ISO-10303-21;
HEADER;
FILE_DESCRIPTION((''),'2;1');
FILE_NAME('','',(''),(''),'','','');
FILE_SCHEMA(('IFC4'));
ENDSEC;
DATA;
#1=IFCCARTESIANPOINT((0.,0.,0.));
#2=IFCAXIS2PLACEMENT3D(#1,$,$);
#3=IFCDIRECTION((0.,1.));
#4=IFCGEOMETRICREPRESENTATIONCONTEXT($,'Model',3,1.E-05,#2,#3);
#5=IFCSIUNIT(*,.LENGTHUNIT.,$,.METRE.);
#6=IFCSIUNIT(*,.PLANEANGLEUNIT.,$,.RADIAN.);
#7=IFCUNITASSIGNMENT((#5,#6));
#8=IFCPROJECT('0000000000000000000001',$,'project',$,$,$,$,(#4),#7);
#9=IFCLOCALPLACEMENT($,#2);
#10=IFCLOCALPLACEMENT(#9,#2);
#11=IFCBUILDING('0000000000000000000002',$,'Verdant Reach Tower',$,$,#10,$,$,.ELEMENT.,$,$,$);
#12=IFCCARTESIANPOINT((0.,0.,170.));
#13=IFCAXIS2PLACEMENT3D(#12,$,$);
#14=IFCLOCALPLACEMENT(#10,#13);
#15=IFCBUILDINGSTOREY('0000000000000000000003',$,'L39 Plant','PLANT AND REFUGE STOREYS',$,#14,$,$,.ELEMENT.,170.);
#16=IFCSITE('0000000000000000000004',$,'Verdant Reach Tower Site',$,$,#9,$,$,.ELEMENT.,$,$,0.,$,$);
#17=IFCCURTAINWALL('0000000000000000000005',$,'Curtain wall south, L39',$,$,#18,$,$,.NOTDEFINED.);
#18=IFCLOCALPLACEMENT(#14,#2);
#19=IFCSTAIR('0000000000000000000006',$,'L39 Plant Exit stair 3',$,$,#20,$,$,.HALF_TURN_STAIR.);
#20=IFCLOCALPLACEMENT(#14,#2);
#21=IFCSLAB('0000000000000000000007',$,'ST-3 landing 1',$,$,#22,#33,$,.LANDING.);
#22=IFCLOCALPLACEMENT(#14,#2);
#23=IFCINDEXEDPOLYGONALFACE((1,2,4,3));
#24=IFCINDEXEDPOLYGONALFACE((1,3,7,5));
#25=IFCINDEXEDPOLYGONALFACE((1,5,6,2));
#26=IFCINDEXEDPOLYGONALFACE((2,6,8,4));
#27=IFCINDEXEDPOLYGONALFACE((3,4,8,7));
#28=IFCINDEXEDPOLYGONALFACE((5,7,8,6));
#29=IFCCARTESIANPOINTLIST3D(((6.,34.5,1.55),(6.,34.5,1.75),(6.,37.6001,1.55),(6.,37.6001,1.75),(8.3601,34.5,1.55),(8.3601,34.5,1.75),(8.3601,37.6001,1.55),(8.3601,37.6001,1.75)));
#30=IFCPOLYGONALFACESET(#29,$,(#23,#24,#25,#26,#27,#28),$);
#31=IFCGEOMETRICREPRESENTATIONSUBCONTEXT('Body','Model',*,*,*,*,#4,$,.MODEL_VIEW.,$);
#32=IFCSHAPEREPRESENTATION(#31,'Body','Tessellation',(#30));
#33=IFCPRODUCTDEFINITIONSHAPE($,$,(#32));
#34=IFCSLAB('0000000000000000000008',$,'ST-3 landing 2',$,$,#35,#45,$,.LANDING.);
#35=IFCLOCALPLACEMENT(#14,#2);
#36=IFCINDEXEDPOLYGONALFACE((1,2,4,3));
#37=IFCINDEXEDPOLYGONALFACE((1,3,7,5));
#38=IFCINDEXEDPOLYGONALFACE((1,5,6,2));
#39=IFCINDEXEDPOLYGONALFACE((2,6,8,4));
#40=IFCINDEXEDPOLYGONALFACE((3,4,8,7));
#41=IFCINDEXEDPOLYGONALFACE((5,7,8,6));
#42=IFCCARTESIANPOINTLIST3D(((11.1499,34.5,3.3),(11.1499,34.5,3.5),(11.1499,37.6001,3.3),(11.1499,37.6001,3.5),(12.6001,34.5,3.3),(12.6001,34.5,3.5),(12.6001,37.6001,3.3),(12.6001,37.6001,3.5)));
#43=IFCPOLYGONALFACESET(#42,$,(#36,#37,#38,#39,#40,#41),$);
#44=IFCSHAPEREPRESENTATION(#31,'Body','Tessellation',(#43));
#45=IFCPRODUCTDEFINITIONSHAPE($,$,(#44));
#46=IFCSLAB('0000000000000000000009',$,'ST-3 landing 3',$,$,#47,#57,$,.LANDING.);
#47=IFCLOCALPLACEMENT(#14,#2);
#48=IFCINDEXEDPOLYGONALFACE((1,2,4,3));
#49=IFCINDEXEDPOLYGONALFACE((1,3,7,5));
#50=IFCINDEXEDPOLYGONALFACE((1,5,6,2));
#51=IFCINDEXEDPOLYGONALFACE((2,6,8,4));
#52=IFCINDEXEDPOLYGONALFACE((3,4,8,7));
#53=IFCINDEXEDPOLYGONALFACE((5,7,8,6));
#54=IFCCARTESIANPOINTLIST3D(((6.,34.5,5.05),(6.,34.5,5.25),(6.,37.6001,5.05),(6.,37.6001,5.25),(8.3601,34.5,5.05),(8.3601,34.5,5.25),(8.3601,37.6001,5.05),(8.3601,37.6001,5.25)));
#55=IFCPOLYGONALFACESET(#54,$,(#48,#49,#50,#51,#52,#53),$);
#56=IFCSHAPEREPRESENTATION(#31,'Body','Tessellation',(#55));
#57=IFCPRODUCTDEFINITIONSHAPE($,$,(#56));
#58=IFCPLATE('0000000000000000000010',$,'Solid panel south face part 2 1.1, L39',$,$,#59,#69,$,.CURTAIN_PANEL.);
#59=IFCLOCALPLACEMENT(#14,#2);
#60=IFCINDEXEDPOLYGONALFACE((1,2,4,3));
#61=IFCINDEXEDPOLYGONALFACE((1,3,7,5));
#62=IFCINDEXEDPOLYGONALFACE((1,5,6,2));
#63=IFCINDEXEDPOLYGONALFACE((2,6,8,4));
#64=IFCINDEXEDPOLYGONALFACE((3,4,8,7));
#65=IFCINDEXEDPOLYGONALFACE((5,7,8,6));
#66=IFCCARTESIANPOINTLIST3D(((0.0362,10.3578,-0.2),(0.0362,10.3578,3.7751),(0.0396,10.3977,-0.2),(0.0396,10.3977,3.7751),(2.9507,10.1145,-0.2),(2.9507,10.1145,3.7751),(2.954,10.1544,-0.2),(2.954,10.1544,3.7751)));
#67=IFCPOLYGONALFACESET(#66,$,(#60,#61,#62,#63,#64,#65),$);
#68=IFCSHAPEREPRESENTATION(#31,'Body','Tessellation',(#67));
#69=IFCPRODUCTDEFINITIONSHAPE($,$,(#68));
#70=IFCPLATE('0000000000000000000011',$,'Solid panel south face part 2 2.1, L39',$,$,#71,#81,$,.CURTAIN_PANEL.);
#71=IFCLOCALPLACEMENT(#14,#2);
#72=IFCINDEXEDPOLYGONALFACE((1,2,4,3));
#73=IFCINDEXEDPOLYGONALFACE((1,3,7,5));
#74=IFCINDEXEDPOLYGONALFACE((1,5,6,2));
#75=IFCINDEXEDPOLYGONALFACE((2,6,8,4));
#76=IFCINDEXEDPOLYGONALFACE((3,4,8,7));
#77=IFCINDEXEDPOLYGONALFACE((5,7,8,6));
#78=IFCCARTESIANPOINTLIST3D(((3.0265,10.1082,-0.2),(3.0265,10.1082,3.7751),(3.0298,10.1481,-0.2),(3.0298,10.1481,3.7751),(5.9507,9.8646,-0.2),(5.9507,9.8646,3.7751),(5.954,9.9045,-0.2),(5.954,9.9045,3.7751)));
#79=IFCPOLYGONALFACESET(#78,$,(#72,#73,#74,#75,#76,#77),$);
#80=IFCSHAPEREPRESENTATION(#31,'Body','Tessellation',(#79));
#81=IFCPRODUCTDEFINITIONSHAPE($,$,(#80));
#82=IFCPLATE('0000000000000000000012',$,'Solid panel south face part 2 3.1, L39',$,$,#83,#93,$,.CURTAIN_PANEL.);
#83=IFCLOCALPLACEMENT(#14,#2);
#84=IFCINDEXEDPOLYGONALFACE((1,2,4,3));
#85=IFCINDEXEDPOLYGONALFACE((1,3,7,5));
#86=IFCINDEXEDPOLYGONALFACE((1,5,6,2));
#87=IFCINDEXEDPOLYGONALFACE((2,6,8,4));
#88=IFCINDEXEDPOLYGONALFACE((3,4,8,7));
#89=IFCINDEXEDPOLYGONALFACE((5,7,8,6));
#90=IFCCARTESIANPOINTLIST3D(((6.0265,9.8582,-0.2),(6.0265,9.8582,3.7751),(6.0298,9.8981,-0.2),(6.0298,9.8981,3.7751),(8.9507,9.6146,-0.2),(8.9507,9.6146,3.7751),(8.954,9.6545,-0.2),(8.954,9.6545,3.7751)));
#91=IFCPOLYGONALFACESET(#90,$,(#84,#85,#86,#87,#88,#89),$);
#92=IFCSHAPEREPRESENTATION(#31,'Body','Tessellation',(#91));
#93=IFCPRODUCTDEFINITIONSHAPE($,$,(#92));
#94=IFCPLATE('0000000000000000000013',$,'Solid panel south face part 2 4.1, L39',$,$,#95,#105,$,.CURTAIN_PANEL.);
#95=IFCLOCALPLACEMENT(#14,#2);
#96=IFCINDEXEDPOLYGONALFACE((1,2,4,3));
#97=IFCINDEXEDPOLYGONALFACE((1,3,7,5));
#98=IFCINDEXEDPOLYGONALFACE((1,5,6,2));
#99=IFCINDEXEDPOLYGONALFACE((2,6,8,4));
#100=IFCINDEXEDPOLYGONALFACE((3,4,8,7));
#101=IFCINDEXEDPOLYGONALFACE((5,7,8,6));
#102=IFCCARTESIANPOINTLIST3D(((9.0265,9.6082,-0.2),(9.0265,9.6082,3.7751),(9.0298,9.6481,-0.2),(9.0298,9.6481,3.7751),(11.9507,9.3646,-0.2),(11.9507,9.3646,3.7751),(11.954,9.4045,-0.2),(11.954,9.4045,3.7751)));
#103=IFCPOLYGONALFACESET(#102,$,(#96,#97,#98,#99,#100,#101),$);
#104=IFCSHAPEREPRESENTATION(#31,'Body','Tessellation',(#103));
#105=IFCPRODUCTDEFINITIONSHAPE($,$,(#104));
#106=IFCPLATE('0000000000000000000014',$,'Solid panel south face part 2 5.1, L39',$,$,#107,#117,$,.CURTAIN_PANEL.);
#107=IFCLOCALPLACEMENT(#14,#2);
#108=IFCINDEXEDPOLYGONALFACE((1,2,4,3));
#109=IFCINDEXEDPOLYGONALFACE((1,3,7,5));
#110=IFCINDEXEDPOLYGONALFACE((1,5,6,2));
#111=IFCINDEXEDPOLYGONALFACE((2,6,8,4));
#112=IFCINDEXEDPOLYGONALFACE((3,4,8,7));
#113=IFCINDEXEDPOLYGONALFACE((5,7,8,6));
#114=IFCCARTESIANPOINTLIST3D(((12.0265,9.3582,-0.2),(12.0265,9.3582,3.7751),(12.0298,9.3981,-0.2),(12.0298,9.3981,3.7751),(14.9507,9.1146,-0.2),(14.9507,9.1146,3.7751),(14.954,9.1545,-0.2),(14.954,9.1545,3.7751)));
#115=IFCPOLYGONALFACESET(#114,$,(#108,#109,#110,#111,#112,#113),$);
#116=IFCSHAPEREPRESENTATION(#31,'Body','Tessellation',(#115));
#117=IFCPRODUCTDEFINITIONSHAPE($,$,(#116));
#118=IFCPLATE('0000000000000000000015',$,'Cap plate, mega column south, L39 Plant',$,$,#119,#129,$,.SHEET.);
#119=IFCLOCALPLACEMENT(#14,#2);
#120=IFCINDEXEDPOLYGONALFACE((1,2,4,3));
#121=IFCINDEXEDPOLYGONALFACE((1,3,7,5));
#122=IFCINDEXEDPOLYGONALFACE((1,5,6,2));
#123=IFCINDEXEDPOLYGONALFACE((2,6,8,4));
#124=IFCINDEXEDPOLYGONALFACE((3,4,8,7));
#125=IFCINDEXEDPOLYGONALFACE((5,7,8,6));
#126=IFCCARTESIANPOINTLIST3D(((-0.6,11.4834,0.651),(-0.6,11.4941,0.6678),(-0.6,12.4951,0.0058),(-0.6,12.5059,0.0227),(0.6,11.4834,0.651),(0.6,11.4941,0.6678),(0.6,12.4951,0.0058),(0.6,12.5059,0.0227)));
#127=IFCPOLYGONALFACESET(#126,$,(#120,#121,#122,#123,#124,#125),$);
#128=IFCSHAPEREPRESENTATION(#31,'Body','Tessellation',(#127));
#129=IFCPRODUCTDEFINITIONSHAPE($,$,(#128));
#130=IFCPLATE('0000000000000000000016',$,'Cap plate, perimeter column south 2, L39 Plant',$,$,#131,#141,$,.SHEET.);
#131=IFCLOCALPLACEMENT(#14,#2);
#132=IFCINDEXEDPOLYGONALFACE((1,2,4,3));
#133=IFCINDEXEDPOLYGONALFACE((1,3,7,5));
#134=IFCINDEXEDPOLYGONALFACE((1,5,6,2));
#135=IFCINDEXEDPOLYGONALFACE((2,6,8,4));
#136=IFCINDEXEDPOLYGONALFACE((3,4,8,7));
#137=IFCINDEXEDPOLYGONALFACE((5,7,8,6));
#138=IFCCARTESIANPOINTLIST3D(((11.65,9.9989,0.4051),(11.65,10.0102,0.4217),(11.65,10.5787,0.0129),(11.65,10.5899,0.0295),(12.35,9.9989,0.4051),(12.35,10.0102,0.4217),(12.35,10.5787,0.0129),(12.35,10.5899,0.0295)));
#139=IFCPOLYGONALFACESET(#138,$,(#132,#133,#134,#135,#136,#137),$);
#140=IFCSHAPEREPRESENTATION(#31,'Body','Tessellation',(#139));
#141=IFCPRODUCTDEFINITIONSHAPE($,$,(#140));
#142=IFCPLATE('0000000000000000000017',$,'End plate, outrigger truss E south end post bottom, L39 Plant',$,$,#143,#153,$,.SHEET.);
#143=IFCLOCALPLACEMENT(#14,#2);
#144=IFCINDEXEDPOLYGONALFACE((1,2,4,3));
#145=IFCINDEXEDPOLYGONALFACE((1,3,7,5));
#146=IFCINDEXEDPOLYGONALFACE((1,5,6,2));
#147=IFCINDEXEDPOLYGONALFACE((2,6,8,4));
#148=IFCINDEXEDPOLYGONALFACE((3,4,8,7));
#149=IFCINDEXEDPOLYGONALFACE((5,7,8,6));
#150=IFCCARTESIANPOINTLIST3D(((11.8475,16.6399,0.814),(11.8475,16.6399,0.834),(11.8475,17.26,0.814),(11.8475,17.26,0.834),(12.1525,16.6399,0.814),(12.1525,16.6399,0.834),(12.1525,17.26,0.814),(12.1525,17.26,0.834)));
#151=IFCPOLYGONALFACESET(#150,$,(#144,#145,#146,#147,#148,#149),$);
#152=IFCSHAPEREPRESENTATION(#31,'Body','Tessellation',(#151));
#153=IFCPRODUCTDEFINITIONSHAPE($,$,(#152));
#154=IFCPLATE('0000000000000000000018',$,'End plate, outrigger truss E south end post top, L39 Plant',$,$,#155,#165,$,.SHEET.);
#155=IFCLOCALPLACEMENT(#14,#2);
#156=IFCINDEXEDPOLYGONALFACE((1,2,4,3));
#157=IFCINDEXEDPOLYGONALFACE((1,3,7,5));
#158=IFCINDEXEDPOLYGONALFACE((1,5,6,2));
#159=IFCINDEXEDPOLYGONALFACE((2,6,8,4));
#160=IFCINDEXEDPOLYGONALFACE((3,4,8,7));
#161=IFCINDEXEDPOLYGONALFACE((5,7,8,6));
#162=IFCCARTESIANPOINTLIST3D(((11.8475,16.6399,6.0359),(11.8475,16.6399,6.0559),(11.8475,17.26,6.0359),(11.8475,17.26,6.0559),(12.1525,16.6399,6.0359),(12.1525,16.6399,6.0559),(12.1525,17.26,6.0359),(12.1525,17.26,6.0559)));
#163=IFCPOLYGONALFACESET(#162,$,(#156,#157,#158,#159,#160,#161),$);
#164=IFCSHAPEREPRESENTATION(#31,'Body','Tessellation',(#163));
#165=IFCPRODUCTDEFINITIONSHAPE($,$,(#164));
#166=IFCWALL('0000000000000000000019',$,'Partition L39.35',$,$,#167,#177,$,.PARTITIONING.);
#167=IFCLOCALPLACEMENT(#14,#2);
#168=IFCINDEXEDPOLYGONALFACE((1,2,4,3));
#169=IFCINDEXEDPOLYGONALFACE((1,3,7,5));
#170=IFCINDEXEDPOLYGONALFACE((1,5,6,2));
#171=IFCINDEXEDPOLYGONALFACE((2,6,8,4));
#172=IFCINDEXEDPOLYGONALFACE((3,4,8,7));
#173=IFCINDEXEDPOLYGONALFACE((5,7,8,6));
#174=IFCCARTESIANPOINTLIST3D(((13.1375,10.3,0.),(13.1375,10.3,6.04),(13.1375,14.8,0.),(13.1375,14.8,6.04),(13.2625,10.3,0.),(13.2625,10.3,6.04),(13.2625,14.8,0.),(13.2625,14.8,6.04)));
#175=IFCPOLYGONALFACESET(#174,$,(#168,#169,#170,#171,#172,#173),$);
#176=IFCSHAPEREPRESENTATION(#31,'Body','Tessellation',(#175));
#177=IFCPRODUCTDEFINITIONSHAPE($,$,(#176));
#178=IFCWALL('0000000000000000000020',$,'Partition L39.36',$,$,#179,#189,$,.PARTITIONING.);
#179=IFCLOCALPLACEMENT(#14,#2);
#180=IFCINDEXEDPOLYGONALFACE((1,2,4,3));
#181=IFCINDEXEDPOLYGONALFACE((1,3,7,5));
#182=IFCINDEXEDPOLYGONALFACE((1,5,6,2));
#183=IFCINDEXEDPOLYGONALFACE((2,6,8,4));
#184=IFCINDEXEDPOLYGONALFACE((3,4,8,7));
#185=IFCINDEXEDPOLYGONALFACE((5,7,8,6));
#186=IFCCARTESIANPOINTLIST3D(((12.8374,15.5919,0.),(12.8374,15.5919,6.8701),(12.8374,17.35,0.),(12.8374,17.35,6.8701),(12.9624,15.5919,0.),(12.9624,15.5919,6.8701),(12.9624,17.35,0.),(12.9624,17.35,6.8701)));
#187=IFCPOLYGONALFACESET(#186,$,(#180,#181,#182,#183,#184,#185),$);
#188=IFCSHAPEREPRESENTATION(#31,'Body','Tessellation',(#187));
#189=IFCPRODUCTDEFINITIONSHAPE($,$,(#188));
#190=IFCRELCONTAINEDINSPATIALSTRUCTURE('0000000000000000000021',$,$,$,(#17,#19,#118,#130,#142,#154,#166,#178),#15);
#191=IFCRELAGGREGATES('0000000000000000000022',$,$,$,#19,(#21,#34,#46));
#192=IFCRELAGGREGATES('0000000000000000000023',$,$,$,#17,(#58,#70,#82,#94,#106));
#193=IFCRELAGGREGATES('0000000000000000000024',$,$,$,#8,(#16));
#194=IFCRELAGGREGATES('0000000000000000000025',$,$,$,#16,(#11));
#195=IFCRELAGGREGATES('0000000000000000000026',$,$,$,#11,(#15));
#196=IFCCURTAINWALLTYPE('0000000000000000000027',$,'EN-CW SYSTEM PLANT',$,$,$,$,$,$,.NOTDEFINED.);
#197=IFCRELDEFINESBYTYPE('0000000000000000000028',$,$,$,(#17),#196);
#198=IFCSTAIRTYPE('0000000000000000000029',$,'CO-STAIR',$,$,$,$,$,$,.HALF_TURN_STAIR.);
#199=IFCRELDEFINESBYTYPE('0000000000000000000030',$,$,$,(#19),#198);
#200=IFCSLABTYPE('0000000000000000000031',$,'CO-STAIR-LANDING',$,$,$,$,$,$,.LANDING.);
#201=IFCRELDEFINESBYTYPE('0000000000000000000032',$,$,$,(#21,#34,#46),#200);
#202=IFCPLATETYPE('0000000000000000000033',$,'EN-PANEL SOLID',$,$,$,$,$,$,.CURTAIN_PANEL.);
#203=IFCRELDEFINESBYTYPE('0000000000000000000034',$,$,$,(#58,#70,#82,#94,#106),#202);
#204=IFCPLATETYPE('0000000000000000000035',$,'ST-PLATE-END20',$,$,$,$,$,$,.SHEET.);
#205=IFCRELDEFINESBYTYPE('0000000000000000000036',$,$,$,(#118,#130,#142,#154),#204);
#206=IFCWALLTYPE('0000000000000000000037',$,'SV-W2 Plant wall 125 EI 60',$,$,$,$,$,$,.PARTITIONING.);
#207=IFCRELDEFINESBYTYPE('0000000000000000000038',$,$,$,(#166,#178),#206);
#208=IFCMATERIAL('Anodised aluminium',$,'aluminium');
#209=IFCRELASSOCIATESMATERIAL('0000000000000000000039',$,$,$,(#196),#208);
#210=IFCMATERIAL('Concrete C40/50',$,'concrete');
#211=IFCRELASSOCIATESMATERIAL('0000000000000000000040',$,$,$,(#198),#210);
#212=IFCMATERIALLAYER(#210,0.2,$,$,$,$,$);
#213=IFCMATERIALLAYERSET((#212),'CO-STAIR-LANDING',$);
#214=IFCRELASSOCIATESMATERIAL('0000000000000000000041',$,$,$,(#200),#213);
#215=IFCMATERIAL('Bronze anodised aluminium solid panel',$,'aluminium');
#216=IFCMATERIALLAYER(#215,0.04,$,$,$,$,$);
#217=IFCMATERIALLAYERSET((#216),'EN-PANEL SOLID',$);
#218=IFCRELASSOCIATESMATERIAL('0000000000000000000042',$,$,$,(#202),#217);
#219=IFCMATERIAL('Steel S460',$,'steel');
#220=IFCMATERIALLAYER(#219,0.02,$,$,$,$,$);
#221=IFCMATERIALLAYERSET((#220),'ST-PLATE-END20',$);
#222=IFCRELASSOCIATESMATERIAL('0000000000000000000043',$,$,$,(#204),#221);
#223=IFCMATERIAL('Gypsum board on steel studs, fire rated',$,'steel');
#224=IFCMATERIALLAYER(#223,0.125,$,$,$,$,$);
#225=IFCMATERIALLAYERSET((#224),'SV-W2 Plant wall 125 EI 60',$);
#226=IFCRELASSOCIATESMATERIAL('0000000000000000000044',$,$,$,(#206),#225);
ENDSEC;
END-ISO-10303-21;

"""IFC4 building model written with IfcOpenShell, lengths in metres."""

from ifc_helpers import new_model, si_unit, direction, frame, frame_2d, origin, origin_2d, place, context, subcontext, project, spatial, polyline, rectangle, outline, extrude, material, layer, layer_set, type_object, element, aggregate, save


model = new_model("IFC4")

# Units and contexts
model_context = context("Model", 3, precision=1e-05, world=origin(), true_north=direction((0.0, 1.0)))
body_context = subcontext(model_context, "Body", "Model", "MODEL_VIEW")
ifc_project = project(units=[si_unit("LENGTHUNIT", "METRE"), si_unit("PLANEANGLEUNIT", "RADIAN")], contexts=[model_context])

# Site, building, storey
site_placement = place(None, origin())
site = spatial("IfcSite", under=ifc_project, at=site_placement, Name="Verdant Reach Tower Site", CompositionType="ELEMENT", RefElevation=0.0)
building_placement = place(site_placement, origin())
building = spatial("IfcBuilding", under=site, at=building_placement, Name="Verdant Reach Tower", CompositionType="ELEMENT")
storey_placement = place(building_placement, frame((0.0, 0.0, 170.0)))
storey = spatial("IfcBuildingStorey", under=building, at=storey_placement, Name="L39 Plant", Description="PLANT AND REFUGE STOREYS", CompositionType="ELEMENT", Elevation=170.0)

# Shared definitions
ifc_material_1 = material(Name="Steel S460", Category="steel")

# Curtain wall
ifc_material_2 = material(Name="Anodised aluminium", Category="aluminium")
curtain_wall_type = type_object("IfcCurtainWallType", Name="EN-CW SYSTEM PLANT", PredefinedType="NOTDEFINED", material=ifc_material_2)
curtain_wall_placement = place(storey_placement, origin())
curtain_wall = element("IfcCurtainWall", 1, at=curtain_wall_placement, inside=storey, type_object=curtain_wall_type, Name="Curtain wall south, L39", PredefinedType="NOTDEFINED")

# Stair, slabs
ifc_material_3 = material(Name="Concrete C40/50", Category="concrete")
stair_type = type_object("IfcStairType", Name="CO-STAIR", PredefinedType="HALF_TURN_STAIR", material=ifc_material_3)
ifc_layer_1 = layer(ifc_material_3, 0.2)
ifc_layer_set_1 = layer_set([ifc_layer_1], Name="CO-STAIR-LANDING")
slab_type = type_object("IfcSlabType", Name="CO-STAIR-LANDING", PredefinedType="LANDING", material=ifc_layer_set_1)
stair_1_placement = place(storey_placement, origin())
stair_1 = element("IfcStair", 2, at=stair_1_placement, inside=storey, type_object=stair_type, Name="L39 Plant Exit stair 3", PredefinedType="HALF_TURN_STAIR")
slab_1_placement = place(storey_placement, frame((0.0, 0.0, 1.55)))
slab_1 = element("IfcSlab", 3, at=slab_1_placement, type_object=slab_type, Name="ST-3 landing 1", PredefinedType="LANDING", context=body_context, shape_type="SweptSolid", body=[
    extrude(outline(polyline([(8.3601, 37.6001), (6.0, 37.6001), (6.0, 34.5), (8.3601, 34.5), (8.3601, 37.6001)])), origin(), (0.0, 0.0, 1.0), 0.2),
])
slab_2_placement = place(storey_placement, frame((0.0, 0.0, 3.3)))
slab_2 = element("IfcSlab", 4, at=slab_2_placement, type_object=slab_type, Name="ST-3 landing 2", PredefinedType="LANDING", context=body_context, shape_type="SweptSolid", body=[
    extrude(outline(polyline([(12.6001, 37.6001), (11.1499, 37.6001), (11.1499, 34.5), (12.6001, 34.5), (12.6001, 37.6001)])), origin(), (0.0, 0.0, 1.0), 0.2),
])
slab_3_placement = place(storey_placement, frame((0.0, 0.0, 5.05)))
slab_3 = element("IfcSlab", 5, at=slab_3_placement, type_object=slab_type, Name="ST-3 landing 3", PredefinedType="LANDING", context=body_context, shape_type="SweptSolid", body=[
    extrude(outline(polyline([(8.3601, 37.6001), (6.0, 37.6001), (6.0, 34.5), (8.3601, 34.5), (8.3601, 37.6001)])), origin(), (0.0, 0.0, 1.0), 0.2),
])
aggregate(stair_1, [slab_1, slab_2, slab_3])

# Plates
ifc_material_4 = material(Name="Bronze anodised aluminium solid panel", Category="aluminium")
ifc_layer_2 = layer(ifc_material_4, 0.04)
ifc_layer_set_2 = layer_set([ifc_layer_2], Name="EN-PANEL SOLID")
plate_type_1 = type_object("IfcPlateType", Name="EN-PANEL SOLID", PredefinedType="CURTAIN_PANEL", material=ifc_layer_set_2)
plate_1_placement = place(storey_placement, frame((1.4951, 10.2561, -0.2), z_axis=(0.0, 0.0, 1.0), x_axis=(0.996534, -0.083182, 0.0)))
plate_1 = element("IfcPlate", 6, at=plate_1_placement, type_object=plate_type_1, Name="Solid panel south face part 2 1.1, L39", PredefinedType="CURTAIN_PANEL", context=body_context, shape_type="SweptSolid", body=[
    extrude(rectangle(XDim=2.9246, YDim=0.04, at=origin_2d()), origin(), (0.0, 0.0, 1.0), 3.9751),
])
plate_2_placement = place(storey_placement, frame((4.4902, 10.0063, -0.2), z_axis=(0.0, 0.0, 1.0), x_axis=(0.996546, -0.083045, 0.0)))
plate_2 = element("IfcPlate", 7, at=plate_2_placement, type_object=plate_type_1, Name="Solid panel south face part 2 2.1, L39", PredefinedType="CURTAIN_PANEL", context=body_context, shape_type="SweptSolid", body=[
    extrude(rectangle(XDim=2.9343, YDim=0.04, at=origin_2d()), origin(), (0.0, 0.0, 1.0), 3.9751),
])
plate_3_placement = place(storey_placement, frame((7.4902, 9.7563, -0.2), z_axis=(0.0, 0.0, 1.0), x_axis=(0.996546, -0.083045, 0.0)))
plate_3 = element("IfcPlate", 8, at=plate_3_placement, type_object=plate_type_1, Name="Solid panel south face part 2 3.1, L39", PredefinedType="CURTAIN_PANEL", context=body_context, shape_type="SweptSolid", body=[
    extrude(rectangle(XDim=2.9343, YDim=0.04, at=origin_2d()), origin(), (0.0, 0.0, 1.0), 3.9751),
])
plate_4_placement = place(storey_placement, frame((10.4902, 9.5063, -0.2), z_axis=(0.0, 0.0, 1.0), x_axis=(0.996546, -0.083045, 0.0)))
plate_4 = element("IfcPlate", 9, at=plate_4_placement, type_object=plate_type_1, Name="Solid panel south face part 2 4.1, L39", PredefinedType="CURTAIN_PANEL", context=body_context, shape_type="SweptSolid", body=[
    extrude(rectangle(XDim=2.9343, YDim=0.04, at=origin_2d()), origin(), (0.0, 0.0, 1.0), 3.9751),
])
plate_5_placement = place(storey_placement, frame((13.4902, 9.2563, -0.2), z_axis=(0.0, 0.0, 1.0), x_axis=(0.996546, -0.083045, 0.0)))
plate_5 = element("IfcPlate", 10, at=plate_5_placement, type_object=plate_type_1, Name="Solid panel south face part 2 5.1, L39", PredefinedType="CURTAIN_PANEL", context=body_context, shape_type="SweptSolid", body=[
    extrude(rectangle(XDim=2.9343, YDim=0.04, at=origin_2d()), origin(), (0.0, 0.0, 1.0), 3.9751),
])

# Plates
ifc_layer_3 = layer(ifc_material_1, 0.02)
ifc_layer_set_3 = layer_set([ifc_layer_3], Name="ST-PLATE-END20")
plate_type_2 = type_object("IfcPlateType", Name="ST-PLATE-END20", PredefinedType="SHEET", material=ifc_layer_set_3)
plate_6_placement = place(storey_placement, frame((0.0, 11.9893, 0.3284), z_axis=(0.0, 0.537666, 0.843158), x_axis=(-1.0, 0.0, 0.0)))
element("IfcPlate", 11, at=plate_6_placement, inside=storey, type_object=plate_type_2, Name="Cap plate, mega column south, L39 Plant", PredefinedType="SHEET", context=body_context, shape_type="SweptSolid", body=[
    extrude(rectangle(XDim=1.2, YDim=1.2, at=origin_2d()), origin(), (0.0, 0.0, 1.0), 0.02),
])
plate_7_placement = place(storey_placement, frame((12.0, 10.2888, 0.209), z_axis=(0.0, 0.560309, 0.828283), x_axis=(-1.0, 0.0, 0.0)))
element("IfcPlate", 12, at=plate_7_placement, inside=storey, type_object=plate_type_2, Name="Cap plate, perimeter column south 2, L39 Plant", PredefinedType="SHEET", context=body_context, shape_type="SweptSolid", body=[
    extrude(rectangle(XDim=0.7, YDim=0.7, at=origin_2d()), origin(), (0.0, 0.0, 1.0), 0.02),
])
for number, where, z_axis, x_axis, name in (
    (13, (12.0, 16.95, 0.814), (0.0, 0.0, 1.0), (1.0, 0.0, 0.0), "End plate, outrigger truss E south end post bottom, L39 Plant"),
    (14, (12.0, 16.95, 6.0359), (0.0, 0.0, 1.0), (1.0, 0.0, 0.0), "End plate, outrigger truss E south end post top, L39 Plant"),
):
    element("IfcPlate", number, at=place(storey_placement, frame(where, z_axis=z_axis, x_axis=x_axis)), inside=storey, type_object=plate_type_2, Name=name, PredefinedType="SHEET", context=body_context, shape_type="SweptSolid", body=[
        extrude(rectangle(XDim=0.3049, YDim=0.6201, at=origin_2d()), origin(), (0.0, 0.0, 1.0), 0.02),
    ])

# Walls
ifc_material_5 = material(Name="Gypsum board on steel studs, fire rated", Category="steel")
ifc_layer_4 = layer(ifc_material_5, 0.125)
ifc_layer_set_4 = layer_set([ifc_layer_4], Name="SV-W2 Plant wall 125 EI 60")
wall_type = type_object("IfcWallType", Name="SV-W2 Plant wall 125 EI 60", PredefinedType="PARTITIONING", material=ifc_layer_set_4)
wall_1_placement = place(storey_placement, frame((13.2, 10.3, 0.0), z_axis=(0.0, 0.0, 1.0), x_axis=(0.0, 1.0, 0.0)))
element("IfcWall", 15, at=wall_1_placement, inside=storey, type_object=wall_type, Name="Partition L39.35", PredefinedType="PARTITIONING", context=body_context, shape_type="SweptSolid", body=[
    extrude(rectangle(XDim=4.5, YDim=0.125, at=frame_2d((2.25, 0.0))), origin(), (0.0, 0.0, 1.0), 6.04),
])
wall_2_placement = place(storey_placement, frame((12.8999, 15.592, 0.0), z_axis=(0.0, 0.0, 1.0), x_axis=(0.0, 1.0, 0.0)))
element("IfcWall", 16, at=wall_2_placement, inside=storey, type_object=wall_type, Name="Partition L39.36", PredefinedType="PARTITIONING", context=body_context, shape_type="SweptSolid", body=[
    extrude(rectangle(XDim=1.7581, YDim=0.125, at=frame_2d((0.8789, 0.0))), origin(), (0.0, 0.0, 1.0), 6.8701),
])

aggregate(curtain_wall, [plate_1, plate_2, plate_3, plate_4, plate_5])

save(model, "model.ifc")
